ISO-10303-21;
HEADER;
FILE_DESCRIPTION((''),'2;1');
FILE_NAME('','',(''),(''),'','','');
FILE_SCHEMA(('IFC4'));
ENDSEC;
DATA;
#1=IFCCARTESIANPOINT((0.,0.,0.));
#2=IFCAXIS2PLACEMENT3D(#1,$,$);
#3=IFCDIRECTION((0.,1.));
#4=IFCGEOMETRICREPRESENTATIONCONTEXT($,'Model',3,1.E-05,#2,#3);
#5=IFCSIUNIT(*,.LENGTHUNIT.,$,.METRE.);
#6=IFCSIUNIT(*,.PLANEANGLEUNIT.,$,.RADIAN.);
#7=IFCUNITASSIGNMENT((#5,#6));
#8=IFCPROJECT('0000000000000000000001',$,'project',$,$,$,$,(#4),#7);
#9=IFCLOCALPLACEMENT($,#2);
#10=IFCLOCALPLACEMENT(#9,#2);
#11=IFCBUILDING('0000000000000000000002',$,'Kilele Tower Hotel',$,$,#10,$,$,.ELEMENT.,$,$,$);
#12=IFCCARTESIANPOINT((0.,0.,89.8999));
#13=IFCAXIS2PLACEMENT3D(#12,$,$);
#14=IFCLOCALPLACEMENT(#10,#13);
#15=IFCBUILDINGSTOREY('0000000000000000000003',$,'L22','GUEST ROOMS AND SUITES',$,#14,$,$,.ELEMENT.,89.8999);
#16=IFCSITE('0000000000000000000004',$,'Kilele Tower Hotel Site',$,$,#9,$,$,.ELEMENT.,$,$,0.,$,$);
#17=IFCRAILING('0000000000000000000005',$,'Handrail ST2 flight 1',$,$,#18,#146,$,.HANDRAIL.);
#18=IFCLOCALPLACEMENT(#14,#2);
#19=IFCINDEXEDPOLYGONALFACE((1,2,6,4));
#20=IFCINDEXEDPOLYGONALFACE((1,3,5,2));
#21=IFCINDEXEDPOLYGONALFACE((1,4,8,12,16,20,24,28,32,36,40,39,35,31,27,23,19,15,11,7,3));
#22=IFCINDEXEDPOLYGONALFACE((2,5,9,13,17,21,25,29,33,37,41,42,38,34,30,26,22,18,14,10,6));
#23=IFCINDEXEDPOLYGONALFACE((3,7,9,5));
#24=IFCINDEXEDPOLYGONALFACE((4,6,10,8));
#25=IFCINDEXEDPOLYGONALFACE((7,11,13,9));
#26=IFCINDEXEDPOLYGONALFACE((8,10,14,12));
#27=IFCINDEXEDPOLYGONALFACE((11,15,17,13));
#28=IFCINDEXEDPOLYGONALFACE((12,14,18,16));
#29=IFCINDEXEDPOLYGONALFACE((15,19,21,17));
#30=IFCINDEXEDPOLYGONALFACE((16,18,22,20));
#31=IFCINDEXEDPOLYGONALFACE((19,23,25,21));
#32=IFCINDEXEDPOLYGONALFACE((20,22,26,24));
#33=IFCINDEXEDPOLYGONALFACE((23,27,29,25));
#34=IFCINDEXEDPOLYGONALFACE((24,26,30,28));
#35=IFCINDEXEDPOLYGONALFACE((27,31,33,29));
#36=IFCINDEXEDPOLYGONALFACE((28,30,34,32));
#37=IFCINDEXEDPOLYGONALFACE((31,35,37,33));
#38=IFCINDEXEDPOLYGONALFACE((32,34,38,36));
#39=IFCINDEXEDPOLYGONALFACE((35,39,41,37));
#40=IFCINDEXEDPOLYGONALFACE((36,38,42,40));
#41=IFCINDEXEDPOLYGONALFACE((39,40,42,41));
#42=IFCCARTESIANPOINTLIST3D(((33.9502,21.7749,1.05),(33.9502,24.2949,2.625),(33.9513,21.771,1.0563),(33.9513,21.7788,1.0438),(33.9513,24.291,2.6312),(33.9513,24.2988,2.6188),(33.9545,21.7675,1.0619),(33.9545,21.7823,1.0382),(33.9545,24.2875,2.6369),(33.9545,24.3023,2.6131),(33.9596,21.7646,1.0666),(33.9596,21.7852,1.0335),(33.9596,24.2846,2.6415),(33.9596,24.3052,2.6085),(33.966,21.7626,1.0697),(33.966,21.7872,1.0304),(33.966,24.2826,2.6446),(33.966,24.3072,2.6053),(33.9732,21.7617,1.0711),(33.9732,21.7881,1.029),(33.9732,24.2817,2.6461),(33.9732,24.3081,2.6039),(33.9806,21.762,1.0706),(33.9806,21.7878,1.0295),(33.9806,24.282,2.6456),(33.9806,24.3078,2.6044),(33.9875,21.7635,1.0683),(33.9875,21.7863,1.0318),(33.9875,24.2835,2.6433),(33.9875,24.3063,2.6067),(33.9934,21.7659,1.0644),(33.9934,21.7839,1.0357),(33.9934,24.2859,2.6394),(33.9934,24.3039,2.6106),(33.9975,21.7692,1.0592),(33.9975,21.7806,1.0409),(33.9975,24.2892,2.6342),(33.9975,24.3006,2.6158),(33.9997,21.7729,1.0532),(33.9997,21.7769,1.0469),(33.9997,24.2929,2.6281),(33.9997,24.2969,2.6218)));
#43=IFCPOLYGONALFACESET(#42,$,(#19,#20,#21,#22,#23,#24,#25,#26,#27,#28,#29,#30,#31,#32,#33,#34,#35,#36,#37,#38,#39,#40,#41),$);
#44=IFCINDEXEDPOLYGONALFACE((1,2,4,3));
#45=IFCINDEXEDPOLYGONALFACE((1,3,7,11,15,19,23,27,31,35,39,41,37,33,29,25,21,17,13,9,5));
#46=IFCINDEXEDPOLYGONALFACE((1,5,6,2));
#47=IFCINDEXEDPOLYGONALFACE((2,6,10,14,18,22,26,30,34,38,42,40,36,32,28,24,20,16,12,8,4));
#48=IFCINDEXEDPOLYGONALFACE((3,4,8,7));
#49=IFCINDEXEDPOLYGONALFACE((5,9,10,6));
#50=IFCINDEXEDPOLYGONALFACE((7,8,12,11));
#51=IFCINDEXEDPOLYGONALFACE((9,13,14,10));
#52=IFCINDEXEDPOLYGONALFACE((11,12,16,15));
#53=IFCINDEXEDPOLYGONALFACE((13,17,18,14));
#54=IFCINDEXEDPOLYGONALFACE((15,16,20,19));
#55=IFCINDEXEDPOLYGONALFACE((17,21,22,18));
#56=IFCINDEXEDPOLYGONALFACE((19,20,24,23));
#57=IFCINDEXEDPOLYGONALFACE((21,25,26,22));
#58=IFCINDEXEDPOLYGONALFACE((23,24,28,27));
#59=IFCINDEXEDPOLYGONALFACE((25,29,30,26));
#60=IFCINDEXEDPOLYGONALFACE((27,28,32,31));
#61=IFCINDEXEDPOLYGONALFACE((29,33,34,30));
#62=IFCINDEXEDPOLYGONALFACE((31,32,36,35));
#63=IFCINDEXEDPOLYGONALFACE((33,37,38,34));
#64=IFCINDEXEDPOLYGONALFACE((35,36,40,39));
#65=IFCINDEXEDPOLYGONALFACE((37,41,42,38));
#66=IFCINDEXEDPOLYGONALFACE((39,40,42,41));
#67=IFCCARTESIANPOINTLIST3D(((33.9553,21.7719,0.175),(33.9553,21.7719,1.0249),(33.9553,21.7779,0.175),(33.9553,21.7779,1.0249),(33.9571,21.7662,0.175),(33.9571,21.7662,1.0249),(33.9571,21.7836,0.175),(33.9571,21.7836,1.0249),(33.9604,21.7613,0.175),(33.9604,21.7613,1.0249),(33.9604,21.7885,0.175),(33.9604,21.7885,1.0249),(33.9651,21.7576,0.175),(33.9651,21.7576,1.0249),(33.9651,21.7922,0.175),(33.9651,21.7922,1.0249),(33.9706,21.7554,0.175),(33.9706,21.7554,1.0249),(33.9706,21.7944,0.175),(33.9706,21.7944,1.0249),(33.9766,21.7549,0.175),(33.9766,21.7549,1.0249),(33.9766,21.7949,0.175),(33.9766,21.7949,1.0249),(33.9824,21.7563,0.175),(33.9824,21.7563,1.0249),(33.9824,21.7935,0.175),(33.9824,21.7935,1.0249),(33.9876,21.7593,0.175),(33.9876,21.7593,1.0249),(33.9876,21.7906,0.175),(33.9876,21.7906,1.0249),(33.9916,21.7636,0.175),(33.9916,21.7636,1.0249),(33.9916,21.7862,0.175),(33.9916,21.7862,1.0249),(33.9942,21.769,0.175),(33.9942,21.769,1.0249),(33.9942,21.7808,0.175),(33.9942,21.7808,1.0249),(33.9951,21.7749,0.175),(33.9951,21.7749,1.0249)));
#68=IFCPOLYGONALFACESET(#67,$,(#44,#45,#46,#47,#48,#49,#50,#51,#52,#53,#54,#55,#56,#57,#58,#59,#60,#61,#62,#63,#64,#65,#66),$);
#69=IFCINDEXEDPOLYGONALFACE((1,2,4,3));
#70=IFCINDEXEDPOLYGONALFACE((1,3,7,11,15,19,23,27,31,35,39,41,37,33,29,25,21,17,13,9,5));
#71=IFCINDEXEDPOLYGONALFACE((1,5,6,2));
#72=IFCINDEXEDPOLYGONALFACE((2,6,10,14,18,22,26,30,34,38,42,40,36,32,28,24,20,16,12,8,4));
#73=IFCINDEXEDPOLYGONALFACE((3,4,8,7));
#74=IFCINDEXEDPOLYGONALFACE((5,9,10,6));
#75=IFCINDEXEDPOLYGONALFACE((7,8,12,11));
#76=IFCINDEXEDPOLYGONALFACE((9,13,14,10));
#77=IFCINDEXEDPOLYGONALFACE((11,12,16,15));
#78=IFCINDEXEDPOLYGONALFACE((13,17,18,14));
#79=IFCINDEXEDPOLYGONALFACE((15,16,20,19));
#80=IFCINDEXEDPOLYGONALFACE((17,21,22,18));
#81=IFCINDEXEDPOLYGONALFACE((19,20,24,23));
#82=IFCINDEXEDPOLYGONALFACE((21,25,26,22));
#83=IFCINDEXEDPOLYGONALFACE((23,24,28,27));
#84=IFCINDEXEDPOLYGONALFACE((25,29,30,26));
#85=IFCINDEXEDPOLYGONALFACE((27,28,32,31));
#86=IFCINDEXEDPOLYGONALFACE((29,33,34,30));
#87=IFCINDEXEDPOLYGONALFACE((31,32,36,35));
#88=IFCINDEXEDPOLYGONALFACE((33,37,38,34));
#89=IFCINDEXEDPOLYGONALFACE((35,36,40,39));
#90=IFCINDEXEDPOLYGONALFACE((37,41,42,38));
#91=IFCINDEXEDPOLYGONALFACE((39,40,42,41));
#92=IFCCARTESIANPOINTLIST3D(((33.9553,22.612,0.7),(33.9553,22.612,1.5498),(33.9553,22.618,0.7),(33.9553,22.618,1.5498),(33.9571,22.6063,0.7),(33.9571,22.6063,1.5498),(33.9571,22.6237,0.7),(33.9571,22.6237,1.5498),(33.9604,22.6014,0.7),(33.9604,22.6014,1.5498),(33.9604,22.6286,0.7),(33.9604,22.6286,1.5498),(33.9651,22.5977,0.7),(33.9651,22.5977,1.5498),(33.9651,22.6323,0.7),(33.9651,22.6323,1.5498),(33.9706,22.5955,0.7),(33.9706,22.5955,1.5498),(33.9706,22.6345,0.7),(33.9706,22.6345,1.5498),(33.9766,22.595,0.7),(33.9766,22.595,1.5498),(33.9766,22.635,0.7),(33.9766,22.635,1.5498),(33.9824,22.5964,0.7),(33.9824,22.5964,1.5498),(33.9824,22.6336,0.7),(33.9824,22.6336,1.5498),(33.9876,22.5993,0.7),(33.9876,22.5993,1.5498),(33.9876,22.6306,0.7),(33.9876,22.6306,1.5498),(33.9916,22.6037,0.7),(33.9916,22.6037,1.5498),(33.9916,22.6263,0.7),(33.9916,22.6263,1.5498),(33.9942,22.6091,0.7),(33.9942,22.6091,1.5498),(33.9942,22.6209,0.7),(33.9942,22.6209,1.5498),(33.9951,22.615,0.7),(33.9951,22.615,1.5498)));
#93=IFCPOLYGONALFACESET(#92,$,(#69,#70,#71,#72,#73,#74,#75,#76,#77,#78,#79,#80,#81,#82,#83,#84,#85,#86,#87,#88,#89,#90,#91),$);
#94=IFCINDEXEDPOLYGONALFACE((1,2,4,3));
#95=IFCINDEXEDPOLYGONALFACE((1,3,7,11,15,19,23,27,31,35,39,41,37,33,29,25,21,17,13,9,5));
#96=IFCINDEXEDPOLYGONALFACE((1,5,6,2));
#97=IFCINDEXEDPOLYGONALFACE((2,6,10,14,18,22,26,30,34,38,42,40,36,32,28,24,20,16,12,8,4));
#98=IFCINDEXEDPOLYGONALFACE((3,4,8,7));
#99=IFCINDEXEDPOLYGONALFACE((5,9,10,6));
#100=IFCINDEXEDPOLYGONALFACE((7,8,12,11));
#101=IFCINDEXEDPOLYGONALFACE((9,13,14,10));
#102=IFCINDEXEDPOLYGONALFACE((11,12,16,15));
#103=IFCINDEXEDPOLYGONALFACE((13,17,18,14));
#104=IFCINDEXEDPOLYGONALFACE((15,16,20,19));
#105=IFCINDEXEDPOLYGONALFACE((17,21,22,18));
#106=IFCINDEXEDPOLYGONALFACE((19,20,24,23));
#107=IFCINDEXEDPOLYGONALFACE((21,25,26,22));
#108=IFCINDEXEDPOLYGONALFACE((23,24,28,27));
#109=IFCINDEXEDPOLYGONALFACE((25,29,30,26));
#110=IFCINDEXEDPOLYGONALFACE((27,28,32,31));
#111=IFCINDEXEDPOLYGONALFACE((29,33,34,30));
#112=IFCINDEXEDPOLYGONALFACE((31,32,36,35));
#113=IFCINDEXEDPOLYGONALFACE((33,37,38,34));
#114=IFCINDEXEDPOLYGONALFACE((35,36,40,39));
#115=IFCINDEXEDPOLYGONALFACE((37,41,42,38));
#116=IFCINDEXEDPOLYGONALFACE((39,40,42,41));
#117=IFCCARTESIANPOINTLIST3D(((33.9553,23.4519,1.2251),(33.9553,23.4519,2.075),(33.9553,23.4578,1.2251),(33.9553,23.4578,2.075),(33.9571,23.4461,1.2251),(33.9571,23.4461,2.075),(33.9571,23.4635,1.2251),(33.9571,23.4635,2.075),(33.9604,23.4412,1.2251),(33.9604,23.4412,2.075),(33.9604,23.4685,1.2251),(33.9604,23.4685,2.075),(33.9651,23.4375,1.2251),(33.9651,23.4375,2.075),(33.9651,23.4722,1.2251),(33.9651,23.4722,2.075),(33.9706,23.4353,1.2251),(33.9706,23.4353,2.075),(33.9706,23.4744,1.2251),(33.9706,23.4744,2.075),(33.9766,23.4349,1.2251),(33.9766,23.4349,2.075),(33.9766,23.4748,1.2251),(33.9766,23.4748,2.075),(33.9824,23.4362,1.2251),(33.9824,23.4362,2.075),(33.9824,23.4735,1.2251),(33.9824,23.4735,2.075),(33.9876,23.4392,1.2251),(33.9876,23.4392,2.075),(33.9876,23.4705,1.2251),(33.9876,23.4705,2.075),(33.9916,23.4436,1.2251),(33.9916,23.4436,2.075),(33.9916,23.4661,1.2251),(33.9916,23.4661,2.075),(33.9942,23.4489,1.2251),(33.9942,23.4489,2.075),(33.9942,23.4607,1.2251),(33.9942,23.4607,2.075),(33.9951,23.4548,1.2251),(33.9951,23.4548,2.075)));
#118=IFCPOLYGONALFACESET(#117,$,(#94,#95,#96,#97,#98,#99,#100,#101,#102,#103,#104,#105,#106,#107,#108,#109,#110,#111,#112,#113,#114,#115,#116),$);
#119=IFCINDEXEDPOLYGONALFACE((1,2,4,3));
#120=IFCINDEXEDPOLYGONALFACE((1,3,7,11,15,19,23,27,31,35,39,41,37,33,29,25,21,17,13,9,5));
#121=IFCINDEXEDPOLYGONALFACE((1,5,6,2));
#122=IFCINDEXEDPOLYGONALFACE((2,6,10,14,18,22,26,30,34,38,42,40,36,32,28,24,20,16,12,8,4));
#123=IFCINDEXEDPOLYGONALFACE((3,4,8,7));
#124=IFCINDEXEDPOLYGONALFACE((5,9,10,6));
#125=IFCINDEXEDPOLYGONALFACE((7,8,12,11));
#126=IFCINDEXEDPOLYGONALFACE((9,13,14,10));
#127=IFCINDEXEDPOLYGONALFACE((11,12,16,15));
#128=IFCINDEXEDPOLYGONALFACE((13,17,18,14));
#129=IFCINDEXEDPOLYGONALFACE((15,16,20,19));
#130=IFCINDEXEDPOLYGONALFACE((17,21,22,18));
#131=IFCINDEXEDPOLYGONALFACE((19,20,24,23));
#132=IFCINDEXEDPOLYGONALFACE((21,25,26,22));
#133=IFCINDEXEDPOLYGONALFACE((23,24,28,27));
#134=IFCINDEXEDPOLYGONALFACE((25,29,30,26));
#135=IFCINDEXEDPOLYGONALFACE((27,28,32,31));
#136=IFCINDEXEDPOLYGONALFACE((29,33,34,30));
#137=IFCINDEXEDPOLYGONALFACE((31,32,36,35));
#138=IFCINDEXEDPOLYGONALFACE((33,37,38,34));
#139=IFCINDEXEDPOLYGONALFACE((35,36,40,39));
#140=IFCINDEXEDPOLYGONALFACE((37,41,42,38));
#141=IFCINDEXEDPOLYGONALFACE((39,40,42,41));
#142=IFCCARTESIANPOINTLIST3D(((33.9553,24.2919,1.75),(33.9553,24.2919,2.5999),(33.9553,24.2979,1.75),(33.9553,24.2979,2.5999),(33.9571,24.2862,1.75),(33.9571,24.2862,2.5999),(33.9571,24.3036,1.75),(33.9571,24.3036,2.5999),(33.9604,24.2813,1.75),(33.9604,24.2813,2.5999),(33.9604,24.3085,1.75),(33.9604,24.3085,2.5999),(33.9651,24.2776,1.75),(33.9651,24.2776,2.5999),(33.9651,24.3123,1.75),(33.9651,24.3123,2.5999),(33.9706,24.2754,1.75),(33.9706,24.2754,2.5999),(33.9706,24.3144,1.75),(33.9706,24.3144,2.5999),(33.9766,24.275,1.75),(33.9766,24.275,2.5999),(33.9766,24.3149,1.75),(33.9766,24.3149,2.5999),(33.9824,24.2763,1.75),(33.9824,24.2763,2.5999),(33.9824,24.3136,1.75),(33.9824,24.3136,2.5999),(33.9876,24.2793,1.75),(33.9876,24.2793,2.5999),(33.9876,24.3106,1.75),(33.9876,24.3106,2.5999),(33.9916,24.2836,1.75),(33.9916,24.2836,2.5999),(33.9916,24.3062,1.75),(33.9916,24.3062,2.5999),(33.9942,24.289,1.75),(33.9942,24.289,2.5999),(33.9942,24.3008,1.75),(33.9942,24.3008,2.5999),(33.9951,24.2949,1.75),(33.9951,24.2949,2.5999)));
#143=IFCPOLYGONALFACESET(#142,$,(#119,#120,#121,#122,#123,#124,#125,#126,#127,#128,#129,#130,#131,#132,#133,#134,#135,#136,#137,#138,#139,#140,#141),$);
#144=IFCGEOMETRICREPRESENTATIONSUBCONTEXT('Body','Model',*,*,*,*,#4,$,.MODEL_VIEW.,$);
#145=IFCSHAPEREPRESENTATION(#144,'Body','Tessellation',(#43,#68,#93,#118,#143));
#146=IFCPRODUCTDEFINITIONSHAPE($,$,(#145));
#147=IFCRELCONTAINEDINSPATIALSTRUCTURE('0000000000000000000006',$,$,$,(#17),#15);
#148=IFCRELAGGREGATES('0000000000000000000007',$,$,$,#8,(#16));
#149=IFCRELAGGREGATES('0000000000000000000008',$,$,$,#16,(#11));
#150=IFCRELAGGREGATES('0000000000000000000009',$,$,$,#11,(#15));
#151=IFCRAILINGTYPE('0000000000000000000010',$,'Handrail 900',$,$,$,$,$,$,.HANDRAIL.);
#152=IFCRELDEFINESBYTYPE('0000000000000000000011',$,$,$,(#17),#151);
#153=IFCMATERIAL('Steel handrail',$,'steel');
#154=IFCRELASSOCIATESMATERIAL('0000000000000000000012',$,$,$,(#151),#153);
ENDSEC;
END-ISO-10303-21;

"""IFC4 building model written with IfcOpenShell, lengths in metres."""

from ifc_helpers import new_model, si_unit, direction, frame, origin, origin_2d, place, context, subcontext, project, spatial, circle, extrude, material, type_object, element, save


model = new_model("IFC4")

# Units and contexts
model_context = context("Model", 3, precision=1e-05, world=origin(), true_north=direction((0.0, 1.0)))
body_context = subcontext(model_context, "Body", "Model", "MODEL_VIEW")
ifc_project = project(units=[si_unit("LENGTHUNIT", "METRE"), si_unit("PLANEANGLEUNIT", "RADIAN")], contexts=[model_context])

# Site, building, storey
site_placement = place(None, origin())
site = spatial("IfcSite", under=ifc_project, at=site_placement, Name="Kilele Tower Hotel Site", CompositionType="ELEMENT", RefElevation=0.0)
building_placement = place(site_placement, origin())
building = spatial("IfcBuilding", under=site, at=building_placement, Name="Kilele Tower Hotel", CompositionType="ELEMENT")
storey_placement = place(building_placement, frame((0.0, 0.0, 89.8999)))
storey = spatial("IfcBuildingStorey", under=building, at=storey_placement, Name="L22", Description="GUEST ROOMS AND SUITES", CompositionType="ELEMENT", Elevation=89.8999)

# Railing
ifc_material_1 = material(Name="Steel handrail", Category="steel")
railing_type_1 = type_object("IfcRailingType", Name="Handrail 900", PredefinedType="HANDRAIL", material=ifc_material_1)
for number, where, name in (
    (1, (33.9751, 21.7749, 0.175), "Handrail ST2 flight 1"),
):
    element("IfcRailing", number, at=place(storey_placement, frame(where)), inside=storey, type_object=railing_type_1, Name=name, PredefinedType="HANDRAIL", context=body_context, shape_type="SweptSolid", body=[
        extrude(circle(Radius=0.0249, at=origin_2d()), frame((0.0, 0.0, 0.875), z_axis=(0.0, 0.848008, 0.529984), x_axis=(-1.0, 0.0, 0.0)), (0.0, 0.0, 1.0), 2.9717),
        extrude(circle(Radius=0.02, at=origin_2d()), origin(), (0.0, 0.0, 1.0), 0.8499),
        extrude(circle(Radius=0.02, at=origin_2d()), frame((0.0, 0.8401, 0.5249)), (0.0, 0.0, 1.0), 0.8499),
        extrude(circle(Radius=0.02, at=origin_2d()), frame((0.0, 1.6799, 1.05)), (0.0, 0.0, 1.0), 0.8499),
        extrude(circle(Radius=0.02, at=origin_2d()), frame((0.0, 2.52, 1.575)), (0.0, 0.0, 1.0), 0.8499),
    ])

save(model, "model.ifc")
